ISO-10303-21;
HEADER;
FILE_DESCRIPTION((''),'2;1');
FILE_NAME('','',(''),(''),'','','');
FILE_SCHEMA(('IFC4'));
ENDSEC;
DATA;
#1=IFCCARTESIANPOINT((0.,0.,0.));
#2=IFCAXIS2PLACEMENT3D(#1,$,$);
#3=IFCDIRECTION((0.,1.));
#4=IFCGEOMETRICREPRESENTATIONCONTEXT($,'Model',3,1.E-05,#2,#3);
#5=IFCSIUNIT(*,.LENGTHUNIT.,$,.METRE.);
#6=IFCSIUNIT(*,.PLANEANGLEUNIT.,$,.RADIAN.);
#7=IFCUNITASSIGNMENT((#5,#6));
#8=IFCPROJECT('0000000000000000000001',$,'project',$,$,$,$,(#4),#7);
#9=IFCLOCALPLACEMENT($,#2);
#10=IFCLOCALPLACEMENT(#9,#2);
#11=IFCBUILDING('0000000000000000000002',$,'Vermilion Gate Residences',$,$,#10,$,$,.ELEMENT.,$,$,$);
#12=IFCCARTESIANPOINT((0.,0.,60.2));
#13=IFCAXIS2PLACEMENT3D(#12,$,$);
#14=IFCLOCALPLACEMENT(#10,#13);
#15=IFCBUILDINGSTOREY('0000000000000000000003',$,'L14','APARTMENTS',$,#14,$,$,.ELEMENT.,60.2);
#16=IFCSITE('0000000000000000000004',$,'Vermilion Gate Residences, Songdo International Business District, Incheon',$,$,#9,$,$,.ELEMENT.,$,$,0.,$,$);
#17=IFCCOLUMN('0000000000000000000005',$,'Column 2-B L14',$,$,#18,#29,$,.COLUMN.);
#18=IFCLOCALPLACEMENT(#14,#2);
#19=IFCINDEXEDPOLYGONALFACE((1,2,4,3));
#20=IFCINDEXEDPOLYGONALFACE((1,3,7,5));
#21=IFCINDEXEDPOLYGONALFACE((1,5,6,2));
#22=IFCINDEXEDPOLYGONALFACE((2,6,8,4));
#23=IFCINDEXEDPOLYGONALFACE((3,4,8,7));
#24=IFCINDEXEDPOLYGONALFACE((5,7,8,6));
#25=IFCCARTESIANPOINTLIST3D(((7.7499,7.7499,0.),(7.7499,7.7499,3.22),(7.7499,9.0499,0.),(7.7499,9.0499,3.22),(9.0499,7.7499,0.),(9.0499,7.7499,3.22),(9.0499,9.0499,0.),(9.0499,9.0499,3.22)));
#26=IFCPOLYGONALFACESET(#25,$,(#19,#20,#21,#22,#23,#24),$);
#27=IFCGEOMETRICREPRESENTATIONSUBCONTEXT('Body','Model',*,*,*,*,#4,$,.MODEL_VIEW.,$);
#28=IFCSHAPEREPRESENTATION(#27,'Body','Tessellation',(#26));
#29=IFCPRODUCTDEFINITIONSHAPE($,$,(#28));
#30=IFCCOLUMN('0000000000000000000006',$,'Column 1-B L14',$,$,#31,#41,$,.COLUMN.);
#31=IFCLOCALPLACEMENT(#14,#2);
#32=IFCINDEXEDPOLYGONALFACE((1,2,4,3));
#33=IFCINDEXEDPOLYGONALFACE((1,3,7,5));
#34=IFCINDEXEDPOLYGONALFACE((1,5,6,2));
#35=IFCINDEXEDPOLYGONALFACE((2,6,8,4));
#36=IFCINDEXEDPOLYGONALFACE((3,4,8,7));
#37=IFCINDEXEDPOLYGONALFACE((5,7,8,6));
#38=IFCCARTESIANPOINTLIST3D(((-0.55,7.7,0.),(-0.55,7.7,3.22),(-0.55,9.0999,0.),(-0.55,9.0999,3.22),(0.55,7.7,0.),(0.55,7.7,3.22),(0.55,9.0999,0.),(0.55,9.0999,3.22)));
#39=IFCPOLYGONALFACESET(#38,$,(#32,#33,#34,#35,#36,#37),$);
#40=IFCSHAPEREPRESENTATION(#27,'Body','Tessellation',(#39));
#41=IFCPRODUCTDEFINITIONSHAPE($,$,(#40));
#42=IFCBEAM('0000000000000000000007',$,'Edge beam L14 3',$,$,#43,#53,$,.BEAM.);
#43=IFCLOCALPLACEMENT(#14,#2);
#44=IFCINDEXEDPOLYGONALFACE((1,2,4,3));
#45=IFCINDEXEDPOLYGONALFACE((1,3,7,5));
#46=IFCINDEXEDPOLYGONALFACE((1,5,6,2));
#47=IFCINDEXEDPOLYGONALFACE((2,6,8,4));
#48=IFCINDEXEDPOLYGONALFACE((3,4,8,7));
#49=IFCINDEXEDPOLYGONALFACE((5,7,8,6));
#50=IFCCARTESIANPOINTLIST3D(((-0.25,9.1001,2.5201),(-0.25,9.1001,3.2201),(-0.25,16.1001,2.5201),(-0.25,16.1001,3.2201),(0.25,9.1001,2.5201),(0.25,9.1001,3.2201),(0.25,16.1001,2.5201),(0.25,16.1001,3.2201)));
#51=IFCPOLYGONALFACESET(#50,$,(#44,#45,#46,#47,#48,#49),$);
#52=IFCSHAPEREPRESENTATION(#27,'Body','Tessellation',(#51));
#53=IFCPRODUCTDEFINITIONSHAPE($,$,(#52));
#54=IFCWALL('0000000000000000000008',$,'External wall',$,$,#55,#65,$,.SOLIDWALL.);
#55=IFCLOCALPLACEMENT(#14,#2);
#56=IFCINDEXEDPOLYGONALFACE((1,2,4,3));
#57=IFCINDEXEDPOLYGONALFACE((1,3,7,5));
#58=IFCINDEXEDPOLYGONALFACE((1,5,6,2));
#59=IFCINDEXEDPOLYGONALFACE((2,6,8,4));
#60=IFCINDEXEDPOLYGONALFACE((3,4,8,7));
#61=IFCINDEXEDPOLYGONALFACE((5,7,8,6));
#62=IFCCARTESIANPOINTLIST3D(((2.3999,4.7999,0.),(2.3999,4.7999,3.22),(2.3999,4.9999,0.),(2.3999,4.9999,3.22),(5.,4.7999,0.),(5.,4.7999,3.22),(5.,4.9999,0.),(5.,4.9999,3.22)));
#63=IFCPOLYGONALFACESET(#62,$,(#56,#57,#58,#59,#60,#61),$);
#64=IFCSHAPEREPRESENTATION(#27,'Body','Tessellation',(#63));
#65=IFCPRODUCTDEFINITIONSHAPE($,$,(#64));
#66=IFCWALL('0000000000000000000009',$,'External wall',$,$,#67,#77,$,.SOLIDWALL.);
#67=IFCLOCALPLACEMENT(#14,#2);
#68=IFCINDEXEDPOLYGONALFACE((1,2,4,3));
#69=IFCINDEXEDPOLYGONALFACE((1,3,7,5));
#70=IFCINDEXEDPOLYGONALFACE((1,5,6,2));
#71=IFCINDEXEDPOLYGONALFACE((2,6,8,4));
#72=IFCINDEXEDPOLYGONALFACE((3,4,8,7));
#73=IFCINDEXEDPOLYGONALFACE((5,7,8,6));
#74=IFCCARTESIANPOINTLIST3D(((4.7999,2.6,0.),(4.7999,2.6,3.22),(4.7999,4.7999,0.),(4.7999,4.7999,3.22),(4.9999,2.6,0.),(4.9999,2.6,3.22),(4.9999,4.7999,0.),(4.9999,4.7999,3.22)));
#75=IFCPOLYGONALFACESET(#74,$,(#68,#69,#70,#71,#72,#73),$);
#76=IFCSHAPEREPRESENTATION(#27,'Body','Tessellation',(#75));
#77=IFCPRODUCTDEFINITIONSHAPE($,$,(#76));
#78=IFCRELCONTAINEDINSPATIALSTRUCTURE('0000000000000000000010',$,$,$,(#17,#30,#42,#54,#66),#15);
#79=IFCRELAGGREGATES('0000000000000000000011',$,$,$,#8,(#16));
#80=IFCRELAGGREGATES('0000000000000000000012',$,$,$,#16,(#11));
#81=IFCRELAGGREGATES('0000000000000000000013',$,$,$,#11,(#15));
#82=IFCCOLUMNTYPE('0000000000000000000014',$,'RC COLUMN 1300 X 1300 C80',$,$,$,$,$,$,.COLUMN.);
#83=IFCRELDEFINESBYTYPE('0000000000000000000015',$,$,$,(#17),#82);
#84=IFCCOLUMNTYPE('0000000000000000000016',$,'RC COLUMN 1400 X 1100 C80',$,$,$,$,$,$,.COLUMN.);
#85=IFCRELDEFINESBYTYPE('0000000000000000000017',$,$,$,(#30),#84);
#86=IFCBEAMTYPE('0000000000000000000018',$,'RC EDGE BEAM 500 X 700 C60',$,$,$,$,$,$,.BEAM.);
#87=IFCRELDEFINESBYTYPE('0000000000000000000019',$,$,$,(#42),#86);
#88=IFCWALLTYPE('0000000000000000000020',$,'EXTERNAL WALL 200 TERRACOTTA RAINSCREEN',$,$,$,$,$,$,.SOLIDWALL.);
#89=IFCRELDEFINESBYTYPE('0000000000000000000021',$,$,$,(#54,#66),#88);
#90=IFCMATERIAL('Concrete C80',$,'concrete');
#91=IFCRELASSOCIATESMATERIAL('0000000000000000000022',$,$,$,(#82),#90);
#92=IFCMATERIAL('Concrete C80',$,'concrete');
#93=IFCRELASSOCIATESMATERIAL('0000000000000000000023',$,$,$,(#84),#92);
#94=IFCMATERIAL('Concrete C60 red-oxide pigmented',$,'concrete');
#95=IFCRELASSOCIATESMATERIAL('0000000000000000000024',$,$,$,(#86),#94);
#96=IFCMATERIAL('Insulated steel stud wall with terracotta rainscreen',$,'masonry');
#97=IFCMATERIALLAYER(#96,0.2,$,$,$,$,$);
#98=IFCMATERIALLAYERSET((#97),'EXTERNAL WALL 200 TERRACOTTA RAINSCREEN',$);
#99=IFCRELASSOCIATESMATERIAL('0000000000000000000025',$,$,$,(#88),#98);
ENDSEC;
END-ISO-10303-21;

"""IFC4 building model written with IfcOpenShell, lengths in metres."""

from ifc_helpers import new_model, si_unit, direction, frame, frame_2d, origin, origin_2d, place, context, subcontext, project, spatial, rectangle, extrude, material, layer, layer_set, material_profile, profile_set, type_object, element, save


model = new_model("IFC4")

# Units and contexts
model_context = context("Model", 3, precision=1e-05, world=origin(), true_north=direction((0.0, 1.0)))
body_context = subcontext(model_context, "Body", "Model", "MODEL_VIEW")
ifc_project = project(units=[si_unit("LENGTHUNIT", "METRE"), si_unit("PLANEANGLEUNIT", "RADIAN")], contexts=[model_context])

# Site, building, storey
site_placement = place(None, origin())
site = spatial("IfcSite", under=ifc_project, at=site_placement, Name="Vermilion Gate Residences, Songdo International Business District, Incheon", CompositionType="ELEMENT", RefElevation=0.0)
building_placement = place(site_placement, origin())
building = spatial("IfcBuilding", under=site, at=building_placement, Name="Vermilion Gate Residences", CompositionType="ELEMENT")
storey_placement = place(building_placement, frame((0.0, 0.0, 60.2)))
storey = spatial("IfcBuildingStorey", under=building, at=storey_placement, Name="L14", Description="APARTMENTS", CompositionType="ELEMENT", Elevation=60.2)

# Columns
ifc_material_1 = material(Name="Concrete C80", Category="concrete")
ifc_material_profile_1 = material_profile(ifc_material_1, rectangle(XDim=1.3, YDim=1.3, at=origin_2d()), Name="RC-1300x1300")
ifc_profile_set_1 = profile_set([ifc_material_profile_1], Name="Concrete C80")
column_type_1 = type_object("IfcColumnType", Name="RC COLUMN 1300 X 1300 C80", PredefinedType="COLUMN", material=ifc_profile_set_1)
column_1_placement = place(storey_placement, frame((8.3999, 8.3999, 0.0), z_axis=(0.0, 0.0, 1.0), x_axis=(1.0, 0.0, 0.0)))
element("IfcColumn", 1, at=column_1_placement, inside=storey, type_object=column_type_1, Name="Column 2-B L14", PredefinedType="COLUMN", context=body_context, shape_type="SweptSolid", body=[
    extrude(rectangle(XDim=1.3, YDim=1.3, at=origin_2d()), origin(), (0.0, 0.0, 1.0), 3.22),
])
ifc_material_2 = material(Name="Concrete C80", Category="concrete")
ifc_material_profile_2 = material_profile(ifc_material_2, rectangle(XDim=1.3999, YDim=1.1001, at=origin_2d()), Name="RC-1400x1100")
ifc_profile_set_2 = profile_set([ifc_material_profile_2], Name="Concrete C80")
column_type_2 = type_object("IfcColumnType", Name="RC COLUMN 1400 X 1100 C80", PredefinedType="COLUMN", material=ifc_profile_set_2)
column_2_placement = place(storey_placement, frame((0.0, 8.3999, 0.0), z_axis=(0.0, 0.0, 1.0), x_axis=(0.0, 1.0, 0.0)))
element("IfcColumn", 2, at=column_2_placement, inside=storey, type_object=column_type_2, Name="Column 1-B L14", PredefinedType="COLUMN", context=body_context, shape_type="SweptSolid", body=[
    extrude(rectangle(XDim=1.3999, YDim=1.1001, at=origin_2d()), origin(), (0.0, 0.0, 1.0), 3.22),
])

# Beam
ifc_material_3 = material(Name="Concrete C60 red-oxide pigmented", Category="concrete")
ifc_material_profile_3 = material_profile(ifc_material_3, rectangle(XDim=0.5, YDim=0.7, at=origin_2d()), Name="RC-500x700")
ifc_profile_set_3 = profile_set([ifc_material_profile_3], Name="Concrete C60 red-oxide pigmented")
beam_type = type_object("IfcBeamType", Name="RC EDGE BEAM 500 X 700 C60", PredefinedType="BEAM", material=ifc_profile_set_3)
beam_placement = place(storey_placement, frame((0.0, 9.1001, 2.8701), z_axis=(0.0, 1.0, 0.0), x_axis=(-1.0, 0.0, 0.0)))
element("IfcBeam", 3, at=beam_placement, inside=storey, type_object=beam_type, Name="Edge beam L14 3", PredefinedType="BEAM", context=body_context, shape_type="SweptSolid", body=[
    extrude(rectangle(XDim=0.5, YDim=0.7, at=origin_2d()), origin(), (0.0, 0.0, 1.0), 7.0),
])

# Walls
ifc_material_4 = material(Name="Insulated steel stud wall with terracotta rainscreen", Category="masonry")
ifc_layer_1 = layer(ifc_material_4, 0.2)
ifc_layer_set_1 = layer_set([ifc_layer_1], Name="EXTERNAL WALL 200 TERRACOTTA RAINSCREEN")
wall_type_1 = type_object("IfcWallType", Name="EXTERNAL WALL 200 TERRACOTTA RAINSCREEN", PredefinedType="SOLIDWALL", material=ifc_layer_set_1)
wall_1_placement = place(storey_placement, frame((2.3999, 4.8999, 0.0), z_axis=(0.0, 0.0, 1.0), x_axis=(1.0, 0.0, 0.0)))
element("IfcWall", 4, at=wall_1_placement, inside=storey, type_object=wall_type_1, Name="External wall", PredefinedType="SOLIDWALL", context=body_context, shape_type="SweptSolid", body=[
    extrude(rectangle(XDim=2.6001, YDim=0.2, at=frame_2d((1.3, 0.0))), origin(), (0.0, 0.0, 1.0), 3.22),
])
wall_2_placement = place(storey_placement, frame((4.8999, 4.8, 0.0), z_axis=(0.0, 0.0, 1.0), x_axis=(0.0, -1.0, 0.0)))
element("IfcWall", 5, at=wall_2_placement, inside=storey, type_object=wall_type_1, Name="External wall", PredefinedType="SOLIDWALL", context=body_context, shape_type="SweptSolid", body=[
    extrude(rectangle(XDim=2.2, YDim=0.2, at=frame_2d((1.1001, 0.0))), origin(), (0.0, 0.0, 1.0), 3.22),
])

save(model, "model.ifc")
